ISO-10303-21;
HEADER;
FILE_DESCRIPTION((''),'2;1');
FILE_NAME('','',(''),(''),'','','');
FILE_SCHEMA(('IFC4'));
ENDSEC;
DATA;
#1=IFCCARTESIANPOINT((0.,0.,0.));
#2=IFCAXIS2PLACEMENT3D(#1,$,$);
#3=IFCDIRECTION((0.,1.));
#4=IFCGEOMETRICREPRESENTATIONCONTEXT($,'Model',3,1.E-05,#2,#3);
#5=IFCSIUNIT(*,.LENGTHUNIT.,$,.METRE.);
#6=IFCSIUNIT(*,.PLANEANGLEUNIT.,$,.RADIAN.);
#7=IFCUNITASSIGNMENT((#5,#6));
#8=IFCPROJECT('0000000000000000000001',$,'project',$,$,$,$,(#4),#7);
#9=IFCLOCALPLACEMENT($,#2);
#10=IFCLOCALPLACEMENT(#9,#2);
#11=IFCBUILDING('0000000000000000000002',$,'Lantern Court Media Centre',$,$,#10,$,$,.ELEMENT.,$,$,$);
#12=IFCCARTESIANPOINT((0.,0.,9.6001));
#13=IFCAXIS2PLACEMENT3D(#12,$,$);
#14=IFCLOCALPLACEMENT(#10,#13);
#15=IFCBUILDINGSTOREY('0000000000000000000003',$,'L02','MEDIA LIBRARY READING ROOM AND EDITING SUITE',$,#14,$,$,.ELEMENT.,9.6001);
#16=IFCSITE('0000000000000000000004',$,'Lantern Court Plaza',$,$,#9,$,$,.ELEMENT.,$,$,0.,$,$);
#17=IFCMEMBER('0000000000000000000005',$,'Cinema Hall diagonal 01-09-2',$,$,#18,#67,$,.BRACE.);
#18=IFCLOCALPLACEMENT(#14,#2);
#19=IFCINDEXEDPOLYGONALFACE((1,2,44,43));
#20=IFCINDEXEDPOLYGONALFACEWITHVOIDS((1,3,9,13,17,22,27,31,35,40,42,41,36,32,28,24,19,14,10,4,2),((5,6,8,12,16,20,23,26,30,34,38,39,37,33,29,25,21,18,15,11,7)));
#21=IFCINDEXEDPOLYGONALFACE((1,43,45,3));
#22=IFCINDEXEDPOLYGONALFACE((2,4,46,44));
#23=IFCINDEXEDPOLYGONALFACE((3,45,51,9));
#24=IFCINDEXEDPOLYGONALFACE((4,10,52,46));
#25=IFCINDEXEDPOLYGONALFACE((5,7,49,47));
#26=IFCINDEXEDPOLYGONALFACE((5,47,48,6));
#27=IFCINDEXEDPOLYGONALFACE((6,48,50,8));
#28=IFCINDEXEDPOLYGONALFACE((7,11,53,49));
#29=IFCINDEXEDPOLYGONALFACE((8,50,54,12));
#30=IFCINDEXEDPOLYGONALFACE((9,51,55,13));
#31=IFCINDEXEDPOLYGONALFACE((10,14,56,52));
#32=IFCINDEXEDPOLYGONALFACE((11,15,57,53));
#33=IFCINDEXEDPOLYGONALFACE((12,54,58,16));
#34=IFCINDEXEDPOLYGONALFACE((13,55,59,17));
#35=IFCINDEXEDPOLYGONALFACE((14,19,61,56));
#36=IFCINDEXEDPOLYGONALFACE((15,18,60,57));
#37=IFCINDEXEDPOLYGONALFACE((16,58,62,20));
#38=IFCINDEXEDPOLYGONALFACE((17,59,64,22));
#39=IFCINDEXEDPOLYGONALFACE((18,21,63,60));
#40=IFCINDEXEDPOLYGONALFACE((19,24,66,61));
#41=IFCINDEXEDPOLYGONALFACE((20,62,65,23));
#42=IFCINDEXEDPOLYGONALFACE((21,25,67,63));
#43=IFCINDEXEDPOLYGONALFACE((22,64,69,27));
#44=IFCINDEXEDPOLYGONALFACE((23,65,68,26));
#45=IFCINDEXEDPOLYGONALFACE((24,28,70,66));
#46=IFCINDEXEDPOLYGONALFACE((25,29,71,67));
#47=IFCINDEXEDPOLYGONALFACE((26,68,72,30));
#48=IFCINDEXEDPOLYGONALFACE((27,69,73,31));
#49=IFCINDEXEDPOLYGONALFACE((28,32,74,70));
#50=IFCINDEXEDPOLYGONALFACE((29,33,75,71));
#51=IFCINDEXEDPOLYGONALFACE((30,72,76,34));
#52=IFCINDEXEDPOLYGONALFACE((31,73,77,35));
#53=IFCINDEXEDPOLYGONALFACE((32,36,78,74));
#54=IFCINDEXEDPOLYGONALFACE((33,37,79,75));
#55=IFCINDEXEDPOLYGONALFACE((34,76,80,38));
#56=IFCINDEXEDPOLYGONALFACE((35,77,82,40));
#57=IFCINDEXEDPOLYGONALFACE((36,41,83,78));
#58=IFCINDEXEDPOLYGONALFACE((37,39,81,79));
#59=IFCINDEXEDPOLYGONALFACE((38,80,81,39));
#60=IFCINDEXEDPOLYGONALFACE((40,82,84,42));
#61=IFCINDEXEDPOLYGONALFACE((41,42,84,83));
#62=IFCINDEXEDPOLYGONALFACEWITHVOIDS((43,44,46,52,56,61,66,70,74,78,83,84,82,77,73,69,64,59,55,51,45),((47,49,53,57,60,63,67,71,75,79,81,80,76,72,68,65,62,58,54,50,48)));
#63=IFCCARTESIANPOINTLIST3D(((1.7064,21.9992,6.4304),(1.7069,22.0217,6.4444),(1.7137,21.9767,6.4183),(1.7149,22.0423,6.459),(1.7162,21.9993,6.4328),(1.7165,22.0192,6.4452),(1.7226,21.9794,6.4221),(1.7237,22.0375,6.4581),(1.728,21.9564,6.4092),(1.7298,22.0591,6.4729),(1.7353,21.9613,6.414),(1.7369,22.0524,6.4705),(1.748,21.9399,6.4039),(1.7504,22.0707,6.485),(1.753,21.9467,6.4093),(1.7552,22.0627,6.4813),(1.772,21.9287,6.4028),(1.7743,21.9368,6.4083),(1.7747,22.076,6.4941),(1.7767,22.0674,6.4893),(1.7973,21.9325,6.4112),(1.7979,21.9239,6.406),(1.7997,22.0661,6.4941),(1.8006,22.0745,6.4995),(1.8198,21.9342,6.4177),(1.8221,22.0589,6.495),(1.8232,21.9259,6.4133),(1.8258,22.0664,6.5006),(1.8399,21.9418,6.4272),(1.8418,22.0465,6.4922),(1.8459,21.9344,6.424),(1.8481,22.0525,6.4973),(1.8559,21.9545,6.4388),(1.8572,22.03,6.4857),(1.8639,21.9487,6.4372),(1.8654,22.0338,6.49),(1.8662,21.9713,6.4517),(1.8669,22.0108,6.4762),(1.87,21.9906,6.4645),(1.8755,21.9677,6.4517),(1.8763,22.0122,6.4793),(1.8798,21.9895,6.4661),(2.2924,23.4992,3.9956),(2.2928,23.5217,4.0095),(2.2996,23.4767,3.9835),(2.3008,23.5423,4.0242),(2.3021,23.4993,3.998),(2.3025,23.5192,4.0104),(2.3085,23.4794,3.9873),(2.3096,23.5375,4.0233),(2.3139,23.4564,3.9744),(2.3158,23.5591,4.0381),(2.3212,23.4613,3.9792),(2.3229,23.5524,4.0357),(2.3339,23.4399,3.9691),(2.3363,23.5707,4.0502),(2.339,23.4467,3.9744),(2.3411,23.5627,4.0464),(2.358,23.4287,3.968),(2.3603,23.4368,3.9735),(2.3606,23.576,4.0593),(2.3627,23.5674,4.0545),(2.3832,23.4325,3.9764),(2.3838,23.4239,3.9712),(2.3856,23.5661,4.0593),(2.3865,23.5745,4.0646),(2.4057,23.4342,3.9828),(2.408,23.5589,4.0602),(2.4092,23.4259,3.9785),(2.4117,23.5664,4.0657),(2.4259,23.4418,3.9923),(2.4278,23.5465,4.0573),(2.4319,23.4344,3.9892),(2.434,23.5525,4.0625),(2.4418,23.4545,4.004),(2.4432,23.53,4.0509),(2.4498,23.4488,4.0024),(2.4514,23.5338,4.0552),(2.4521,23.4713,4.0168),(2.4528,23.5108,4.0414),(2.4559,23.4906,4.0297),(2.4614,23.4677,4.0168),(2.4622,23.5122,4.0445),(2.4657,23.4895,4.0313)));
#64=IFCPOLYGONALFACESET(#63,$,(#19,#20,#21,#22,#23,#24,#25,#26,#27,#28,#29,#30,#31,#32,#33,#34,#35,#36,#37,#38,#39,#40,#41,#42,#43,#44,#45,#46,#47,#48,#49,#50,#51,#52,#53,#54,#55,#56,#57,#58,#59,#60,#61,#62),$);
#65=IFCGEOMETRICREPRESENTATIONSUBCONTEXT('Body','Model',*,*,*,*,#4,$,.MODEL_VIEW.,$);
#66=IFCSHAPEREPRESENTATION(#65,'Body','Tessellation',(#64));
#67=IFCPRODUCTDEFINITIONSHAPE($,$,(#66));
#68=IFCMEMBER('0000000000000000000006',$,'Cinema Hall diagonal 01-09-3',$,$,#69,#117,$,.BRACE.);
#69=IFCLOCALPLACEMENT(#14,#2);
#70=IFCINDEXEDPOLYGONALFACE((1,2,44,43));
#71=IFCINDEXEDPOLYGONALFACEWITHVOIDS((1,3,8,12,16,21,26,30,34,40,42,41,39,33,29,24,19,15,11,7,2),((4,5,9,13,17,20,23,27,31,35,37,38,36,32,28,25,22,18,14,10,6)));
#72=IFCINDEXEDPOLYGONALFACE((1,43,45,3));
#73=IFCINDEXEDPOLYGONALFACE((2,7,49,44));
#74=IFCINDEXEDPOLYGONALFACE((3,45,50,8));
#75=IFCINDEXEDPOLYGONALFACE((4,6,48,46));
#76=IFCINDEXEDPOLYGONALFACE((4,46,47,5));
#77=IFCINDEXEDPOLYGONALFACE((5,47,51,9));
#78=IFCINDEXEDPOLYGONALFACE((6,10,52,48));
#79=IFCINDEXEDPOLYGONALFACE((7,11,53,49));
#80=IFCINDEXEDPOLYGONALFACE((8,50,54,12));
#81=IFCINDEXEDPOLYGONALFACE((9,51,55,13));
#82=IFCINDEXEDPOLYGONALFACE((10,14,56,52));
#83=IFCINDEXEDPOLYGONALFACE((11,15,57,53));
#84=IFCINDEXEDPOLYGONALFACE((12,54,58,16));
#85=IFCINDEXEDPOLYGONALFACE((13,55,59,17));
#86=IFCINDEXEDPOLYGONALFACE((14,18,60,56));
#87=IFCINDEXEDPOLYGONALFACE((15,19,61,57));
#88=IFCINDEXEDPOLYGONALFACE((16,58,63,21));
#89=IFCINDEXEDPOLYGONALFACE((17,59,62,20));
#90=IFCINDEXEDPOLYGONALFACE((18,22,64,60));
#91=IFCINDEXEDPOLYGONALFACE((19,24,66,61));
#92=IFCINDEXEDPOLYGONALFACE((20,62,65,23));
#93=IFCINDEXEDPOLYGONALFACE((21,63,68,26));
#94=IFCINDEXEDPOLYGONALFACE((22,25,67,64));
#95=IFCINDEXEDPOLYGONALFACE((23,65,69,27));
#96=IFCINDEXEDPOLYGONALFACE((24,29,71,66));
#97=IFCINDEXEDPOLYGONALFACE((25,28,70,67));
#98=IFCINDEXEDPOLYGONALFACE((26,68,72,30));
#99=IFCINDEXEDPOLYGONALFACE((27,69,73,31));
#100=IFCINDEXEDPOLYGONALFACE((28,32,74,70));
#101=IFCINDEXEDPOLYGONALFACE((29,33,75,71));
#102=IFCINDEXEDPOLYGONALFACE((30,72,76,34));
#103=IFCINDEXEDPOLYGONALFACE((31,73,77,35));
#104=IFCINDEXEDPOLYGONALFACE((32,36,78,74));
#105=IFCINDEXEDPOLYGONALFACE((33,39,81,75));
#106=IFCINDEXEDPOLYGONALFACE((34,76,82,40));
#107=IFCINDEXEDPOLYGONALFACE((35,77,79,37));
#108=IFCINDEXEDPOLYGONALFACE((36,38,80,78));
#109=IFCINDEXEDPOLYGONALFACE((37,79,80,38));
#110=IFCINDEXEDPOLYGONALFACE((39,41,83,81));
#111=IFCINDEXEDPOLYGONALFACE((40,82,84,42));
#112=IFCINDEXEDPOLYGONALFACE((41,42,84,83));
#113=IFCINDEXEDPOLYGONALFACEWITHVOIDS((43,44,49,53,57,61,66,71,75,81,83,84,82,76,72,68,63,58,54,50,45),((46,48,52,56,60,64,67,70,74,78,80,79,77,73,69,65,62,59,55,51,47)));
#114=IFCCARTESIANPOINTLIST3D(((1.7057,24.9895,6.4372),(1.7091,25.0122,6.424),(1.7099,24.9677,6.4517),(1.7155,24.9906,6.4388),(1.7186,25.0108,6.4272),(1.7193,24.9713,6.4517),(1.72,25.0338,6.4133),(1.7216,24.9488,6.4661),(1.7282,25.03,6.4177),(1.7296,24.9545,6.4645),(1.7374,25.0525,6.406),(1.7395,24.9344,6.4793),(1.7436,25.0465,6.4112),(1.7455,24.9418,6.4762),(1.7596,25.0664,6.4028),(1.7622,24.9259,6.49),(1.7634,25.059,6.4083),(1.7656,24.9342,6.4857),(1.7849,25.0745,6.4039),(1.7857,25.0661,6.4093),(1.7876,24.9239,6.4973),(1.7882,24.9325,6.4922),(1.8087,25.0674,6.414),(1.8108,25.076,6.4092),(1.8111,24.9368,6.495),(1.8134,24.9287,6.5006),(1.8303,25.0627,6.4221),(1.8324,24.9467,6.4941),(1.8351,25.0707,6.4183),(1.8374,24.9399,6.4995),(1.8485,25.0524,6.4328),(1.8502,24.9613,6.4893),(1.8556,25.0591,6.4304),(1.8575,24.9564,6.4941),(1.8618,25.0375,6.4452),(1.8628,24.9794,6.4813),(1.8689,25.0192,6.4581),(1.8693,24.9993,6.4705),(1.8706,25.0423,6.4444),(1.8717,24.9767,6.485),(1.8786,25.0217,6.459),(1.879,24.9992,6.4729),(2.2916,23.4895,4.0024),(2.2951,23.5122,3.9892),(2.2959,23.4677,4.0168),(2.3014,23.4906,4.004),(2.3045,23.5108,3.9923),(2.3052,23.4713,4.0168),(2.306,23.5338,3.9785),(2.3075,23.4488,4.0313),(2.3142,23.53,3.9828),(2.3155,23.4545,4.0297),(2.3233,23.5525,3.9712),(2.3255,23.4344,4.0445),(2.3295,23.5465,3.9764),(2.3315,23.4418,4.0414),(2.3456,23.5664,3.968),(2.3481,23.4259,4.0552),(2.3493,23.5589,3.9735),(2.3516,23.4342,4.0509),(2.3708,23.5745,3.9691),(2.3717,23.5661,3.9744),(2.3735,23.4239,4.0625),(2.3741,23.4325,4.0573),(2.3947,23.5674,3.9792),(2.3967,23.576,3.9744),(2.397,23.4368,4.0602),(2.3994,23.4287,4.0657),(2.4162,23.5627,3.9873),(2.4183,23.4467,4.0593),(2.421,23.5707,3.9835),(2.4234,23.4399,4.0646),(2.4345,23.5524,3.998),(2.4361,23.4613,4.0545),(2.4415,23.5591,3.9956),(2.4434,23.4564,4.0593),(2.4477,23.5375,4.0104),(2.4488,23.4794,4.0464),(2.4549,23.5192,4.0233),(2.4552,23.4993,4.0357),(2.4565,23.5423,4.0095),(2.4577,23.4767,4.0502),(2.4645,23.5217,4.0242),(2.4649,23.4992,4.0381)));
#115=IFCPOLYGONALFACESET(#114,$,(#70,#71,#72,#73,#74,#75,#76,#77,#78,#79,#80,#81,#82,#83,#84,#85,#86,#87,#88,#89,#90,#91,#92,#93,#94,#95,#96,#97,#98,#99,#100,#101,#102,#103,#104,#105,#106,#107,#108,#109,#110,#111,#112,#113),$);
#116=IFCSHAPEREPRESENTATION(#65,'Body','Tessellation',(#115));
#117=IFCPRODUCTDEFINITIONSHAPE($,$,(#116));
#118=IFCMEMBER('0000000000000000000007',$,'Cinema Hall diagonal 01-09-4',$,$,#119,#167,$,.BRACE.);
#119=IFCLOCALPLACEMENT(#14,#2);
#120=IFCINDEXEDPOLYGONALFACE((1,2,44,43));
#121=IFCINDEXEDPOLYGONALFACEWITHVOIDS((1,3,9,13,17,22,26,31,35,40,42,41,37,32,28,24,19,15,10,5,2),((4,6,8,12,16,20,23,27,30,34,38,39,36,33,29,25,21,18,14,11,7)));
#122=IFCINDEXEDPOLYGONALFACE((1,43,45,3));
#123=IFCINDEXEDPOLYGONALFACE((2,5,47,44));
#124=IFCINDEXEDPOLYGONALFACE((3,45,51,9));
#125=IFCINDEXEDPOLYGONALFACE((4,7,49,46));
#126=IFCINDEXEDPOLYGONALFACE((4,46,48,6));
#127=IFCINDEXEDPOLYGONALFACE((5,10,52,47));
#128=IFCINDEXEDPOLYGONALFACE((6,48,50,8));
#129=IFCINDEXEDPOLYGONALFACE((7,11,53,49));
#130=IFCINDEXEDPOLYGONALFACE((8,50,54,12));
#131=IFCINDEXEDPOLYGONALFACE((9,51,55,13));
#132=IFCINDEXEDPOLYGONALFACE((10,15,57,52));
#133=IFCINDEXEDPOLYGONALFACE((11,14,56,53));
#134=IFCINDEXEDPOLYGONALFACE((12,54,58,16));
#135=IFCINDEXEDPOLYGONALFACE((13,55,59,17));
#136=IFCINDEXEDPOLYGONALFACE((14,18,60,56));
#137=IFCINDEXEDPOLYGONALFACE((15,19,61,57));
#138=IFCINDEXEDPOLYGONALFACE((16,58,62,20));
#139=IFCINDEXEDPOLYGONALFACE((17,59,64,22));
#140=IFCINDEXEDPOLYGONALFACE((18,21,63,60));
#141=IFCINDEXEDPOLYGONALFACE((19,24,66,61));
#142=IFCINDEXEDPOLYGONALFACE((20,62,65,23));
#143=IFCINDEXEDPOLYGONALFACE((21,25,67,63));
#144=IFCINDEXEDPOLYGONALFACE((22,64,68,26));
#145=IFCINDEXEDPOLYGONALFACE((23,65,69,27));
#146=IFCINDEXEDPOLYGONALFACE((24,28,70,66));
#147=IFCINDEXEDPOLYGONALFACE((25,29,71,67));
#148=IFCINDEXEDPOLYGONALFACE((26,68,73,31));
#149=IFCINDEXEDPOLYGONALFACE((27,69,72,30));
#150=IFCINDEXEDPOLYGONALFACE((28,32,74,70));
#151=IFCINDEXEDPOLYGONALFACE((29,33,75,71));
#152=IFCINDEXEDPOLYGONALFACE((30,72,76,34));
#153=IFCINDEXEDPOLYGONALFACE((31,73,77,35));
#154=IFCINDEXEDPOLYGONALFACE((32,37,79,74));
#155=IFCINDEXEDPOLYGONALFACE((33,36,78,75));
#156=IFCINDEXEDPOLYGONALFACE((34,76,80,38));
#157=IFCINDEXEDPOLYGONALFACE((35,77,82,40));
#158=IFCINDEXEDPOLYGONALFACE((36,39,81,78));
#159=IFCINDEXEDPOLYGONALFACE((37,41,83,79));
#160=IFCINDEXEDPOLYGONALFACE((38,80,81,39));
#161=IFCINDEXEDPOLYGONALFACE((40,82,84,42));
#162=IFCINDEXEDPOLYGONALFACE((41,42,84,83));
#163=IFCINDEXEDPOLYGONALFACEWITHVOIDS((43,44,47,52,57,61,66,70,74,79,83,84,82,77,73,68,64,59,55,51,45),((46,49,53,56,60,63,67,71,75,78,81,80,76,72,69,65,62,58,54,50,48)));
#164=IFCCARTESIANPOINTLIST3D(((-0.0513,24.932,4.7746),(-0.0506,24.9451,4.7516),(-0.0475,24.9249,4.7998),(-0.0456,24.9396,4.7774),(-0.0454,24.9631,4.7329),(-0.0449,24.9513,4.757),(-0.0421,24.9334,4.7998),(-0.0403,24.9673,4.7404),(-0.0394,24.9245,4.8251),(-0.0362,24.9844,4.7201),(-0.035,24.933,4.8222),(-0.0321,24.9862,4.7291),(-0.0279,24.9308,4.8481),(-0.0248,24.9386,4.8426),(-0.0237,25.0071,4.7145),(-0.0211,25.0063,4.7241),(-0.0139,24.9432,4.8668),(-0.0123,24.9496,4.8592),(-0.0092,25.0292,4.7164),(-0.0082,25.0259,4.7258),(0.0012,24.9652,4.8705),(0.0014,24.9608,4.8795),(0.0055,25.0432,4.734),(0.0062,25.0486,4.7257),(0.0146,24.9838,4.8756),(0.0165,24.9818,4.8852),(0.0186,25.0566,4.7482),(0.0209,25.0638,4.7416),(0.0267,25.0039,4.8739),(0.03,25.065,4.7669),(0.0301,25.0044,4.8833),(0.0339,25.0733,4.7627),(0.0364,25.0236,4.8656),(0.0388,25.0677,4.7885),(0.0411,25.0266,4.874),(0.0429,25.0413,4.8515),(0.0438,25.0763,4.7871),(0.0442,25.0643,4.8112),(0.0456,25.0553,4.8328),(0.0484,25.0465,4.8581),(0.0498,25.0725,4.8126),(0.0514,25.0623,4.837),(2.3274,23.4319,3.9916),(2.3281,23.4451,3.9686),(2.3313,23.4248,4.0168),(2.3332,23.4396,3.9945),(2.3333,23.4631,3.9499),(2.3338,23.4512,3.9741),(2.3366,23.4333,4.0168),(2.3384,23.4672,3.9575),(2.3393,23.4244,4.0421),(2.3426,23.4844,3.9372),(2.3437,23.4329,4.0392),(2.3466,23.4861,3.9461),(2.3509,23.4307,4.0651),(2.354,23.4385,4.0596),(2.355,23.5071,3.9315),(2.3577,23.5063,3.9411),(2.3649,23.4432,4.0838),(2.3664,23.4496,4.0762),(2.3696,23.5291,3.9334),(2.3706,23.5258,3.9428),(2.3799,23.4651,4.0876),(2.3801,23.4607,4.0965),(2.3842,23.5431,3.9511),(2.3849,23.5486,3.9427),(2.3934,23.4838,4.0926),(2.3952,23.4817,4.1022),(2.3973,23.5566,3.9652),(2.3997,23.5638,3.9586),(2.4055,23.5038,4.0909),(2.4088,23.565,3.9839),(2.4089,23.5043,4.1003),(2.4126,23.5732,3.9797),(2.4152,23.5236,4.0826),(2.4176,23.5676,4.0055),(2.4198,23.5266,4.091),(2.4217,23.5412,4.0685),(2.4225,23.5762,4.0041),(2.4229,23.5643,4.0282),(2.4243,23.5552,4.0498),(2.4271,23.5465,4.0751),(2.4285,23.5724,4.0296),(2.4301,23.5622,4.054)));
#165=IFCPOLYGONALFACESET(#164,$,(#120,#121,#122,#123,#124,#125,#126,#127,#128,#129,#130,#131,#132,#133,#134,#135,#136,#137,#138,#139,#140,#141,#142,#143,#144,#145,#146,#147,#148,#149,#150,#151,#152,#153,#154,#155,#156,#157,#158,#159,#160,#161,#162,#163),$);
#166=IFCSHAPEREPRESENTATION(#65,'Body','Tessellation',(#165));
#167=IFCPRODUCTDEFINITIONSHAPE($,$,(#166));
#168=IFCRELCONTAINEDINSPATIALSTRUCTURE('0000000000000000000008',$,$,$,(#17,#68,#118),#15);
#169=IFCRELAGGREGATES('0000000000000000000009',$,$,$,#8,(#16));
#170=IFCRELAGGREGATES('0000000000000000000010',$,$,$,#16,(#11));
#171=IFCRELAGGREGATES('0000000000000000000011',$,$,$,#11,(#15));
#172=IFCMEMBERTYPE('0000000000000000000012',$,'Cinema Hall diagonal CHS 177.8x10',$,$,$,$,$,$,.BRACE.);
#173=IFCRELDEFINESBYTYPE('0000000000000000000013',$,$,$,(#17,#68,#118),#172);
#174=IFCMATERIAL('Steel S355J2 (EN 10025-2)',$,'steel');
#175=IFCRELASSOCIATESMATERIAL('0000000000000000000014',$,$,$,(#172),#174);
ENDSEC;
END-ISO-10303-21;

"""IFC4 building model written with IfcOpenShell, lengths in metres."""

from ifc_helpers import new_model, si_unit, direction, frame, origin, origin_2d, place, context, subcontext, project, spatial, hollow_circle, extrude, material, material_profile, profile_set, type_object, element, save


model = new_model("IFC4")

# Units and contexts
model_context = context("Model", 3, precision=1e-05, world=origin(), true_north=direction((0.0, 1.0)))
body_context = subcontext(model_context, "Body", "Model", "MODEL_VIEW")
ifc_project = project(units=[si_unit("LENGTHUNIT", "METRE"), si_unit("PLANEANGLEUNIT", "RADIAN")], contexts=[model_context])

# Site, building, storey
site_placement = place(None, origin())
site = spatial("IfcSite", under=ifc_project, at=site_placement, Name="Lantern Court Plaza", CompositionType="ELEMENT", RefElevation=0.0)
building_placement = place(site_placement, origin())
building = spatial("IfcBuilding", under=site, at=building_placement, Name="Lantern Court Media Centre", CompositionType="ELEMENT")
storey_placement = place(building_placement, frame((0.0, 0.0, 9.6001)))
storey = spatial("IfcBuildingStorey", under=building, at=storey_placement, Name="L02", Description="MEDIA LIBRARY READING ROOM AND EDITING SUITE", CompositionType="ELEMENT", Elevation=9.6001)

# Shared definitions
ifc_material_1 = material(Name="Steel S355J2 (EN 10025-2)", Category="steel")

# Members
ifc_material_profile_1 = material_profile(ifc_material_1, hollow_circle(Radius=0.0889, WallThickness=0.01, at=origin_2d()), Name="Cinema Hall diagonal CHS 177.8x10")
ifc_profile_set_1 = profile_set([ifc_material_profile_1], Name="Steel S355J2 (EN 10025-2)")
member_type_1 = type_object("IfcMemberType", Name="Cinema Hall diagonal CHS 177.8x10", PredefinedType="BRACE", material=ifc_profile_set_1)
for number, where, z_axis, x_axis, name in (
    (1, (2.3787, 23.5, 4.0168), (-0.20072, -0.513842, 0.834073), (0.931457, -0.363851, 0.0), "Cinema Hall diagonal 01-09-2"),
    (2, (2.3787, 23.5, 4.0168), (-0.20072, 0.513842, 0.834073), (-0.931457, -0.363851, 0.0), "Cinema Hall diagonal 01-09-3"),
    (3, (2.3787, 23.5, 4.0168), (-0.814866, 0.51386, 0.268221), (-0.533405, -0.84586, 0.0), "Cinema Hall diagonal 01-09-4"),
):
    element("IfcMember", number, at=place(storey_placement, frame(where, z_axis=z_axis, x_axis=x_axis)), inside=storey, type_object=member_type_1, Name=name, PredefinedType="BRACE", context=body_context, shape_type="SweptSolid", body=[
        extrude(hollow_circle(Radius=0.0889, WallThickness=0.01, at=origin_2d()), origin(), (0.0, 0.0, 1.0), 2.9192),
    ])

save(model, "model.ifc")
